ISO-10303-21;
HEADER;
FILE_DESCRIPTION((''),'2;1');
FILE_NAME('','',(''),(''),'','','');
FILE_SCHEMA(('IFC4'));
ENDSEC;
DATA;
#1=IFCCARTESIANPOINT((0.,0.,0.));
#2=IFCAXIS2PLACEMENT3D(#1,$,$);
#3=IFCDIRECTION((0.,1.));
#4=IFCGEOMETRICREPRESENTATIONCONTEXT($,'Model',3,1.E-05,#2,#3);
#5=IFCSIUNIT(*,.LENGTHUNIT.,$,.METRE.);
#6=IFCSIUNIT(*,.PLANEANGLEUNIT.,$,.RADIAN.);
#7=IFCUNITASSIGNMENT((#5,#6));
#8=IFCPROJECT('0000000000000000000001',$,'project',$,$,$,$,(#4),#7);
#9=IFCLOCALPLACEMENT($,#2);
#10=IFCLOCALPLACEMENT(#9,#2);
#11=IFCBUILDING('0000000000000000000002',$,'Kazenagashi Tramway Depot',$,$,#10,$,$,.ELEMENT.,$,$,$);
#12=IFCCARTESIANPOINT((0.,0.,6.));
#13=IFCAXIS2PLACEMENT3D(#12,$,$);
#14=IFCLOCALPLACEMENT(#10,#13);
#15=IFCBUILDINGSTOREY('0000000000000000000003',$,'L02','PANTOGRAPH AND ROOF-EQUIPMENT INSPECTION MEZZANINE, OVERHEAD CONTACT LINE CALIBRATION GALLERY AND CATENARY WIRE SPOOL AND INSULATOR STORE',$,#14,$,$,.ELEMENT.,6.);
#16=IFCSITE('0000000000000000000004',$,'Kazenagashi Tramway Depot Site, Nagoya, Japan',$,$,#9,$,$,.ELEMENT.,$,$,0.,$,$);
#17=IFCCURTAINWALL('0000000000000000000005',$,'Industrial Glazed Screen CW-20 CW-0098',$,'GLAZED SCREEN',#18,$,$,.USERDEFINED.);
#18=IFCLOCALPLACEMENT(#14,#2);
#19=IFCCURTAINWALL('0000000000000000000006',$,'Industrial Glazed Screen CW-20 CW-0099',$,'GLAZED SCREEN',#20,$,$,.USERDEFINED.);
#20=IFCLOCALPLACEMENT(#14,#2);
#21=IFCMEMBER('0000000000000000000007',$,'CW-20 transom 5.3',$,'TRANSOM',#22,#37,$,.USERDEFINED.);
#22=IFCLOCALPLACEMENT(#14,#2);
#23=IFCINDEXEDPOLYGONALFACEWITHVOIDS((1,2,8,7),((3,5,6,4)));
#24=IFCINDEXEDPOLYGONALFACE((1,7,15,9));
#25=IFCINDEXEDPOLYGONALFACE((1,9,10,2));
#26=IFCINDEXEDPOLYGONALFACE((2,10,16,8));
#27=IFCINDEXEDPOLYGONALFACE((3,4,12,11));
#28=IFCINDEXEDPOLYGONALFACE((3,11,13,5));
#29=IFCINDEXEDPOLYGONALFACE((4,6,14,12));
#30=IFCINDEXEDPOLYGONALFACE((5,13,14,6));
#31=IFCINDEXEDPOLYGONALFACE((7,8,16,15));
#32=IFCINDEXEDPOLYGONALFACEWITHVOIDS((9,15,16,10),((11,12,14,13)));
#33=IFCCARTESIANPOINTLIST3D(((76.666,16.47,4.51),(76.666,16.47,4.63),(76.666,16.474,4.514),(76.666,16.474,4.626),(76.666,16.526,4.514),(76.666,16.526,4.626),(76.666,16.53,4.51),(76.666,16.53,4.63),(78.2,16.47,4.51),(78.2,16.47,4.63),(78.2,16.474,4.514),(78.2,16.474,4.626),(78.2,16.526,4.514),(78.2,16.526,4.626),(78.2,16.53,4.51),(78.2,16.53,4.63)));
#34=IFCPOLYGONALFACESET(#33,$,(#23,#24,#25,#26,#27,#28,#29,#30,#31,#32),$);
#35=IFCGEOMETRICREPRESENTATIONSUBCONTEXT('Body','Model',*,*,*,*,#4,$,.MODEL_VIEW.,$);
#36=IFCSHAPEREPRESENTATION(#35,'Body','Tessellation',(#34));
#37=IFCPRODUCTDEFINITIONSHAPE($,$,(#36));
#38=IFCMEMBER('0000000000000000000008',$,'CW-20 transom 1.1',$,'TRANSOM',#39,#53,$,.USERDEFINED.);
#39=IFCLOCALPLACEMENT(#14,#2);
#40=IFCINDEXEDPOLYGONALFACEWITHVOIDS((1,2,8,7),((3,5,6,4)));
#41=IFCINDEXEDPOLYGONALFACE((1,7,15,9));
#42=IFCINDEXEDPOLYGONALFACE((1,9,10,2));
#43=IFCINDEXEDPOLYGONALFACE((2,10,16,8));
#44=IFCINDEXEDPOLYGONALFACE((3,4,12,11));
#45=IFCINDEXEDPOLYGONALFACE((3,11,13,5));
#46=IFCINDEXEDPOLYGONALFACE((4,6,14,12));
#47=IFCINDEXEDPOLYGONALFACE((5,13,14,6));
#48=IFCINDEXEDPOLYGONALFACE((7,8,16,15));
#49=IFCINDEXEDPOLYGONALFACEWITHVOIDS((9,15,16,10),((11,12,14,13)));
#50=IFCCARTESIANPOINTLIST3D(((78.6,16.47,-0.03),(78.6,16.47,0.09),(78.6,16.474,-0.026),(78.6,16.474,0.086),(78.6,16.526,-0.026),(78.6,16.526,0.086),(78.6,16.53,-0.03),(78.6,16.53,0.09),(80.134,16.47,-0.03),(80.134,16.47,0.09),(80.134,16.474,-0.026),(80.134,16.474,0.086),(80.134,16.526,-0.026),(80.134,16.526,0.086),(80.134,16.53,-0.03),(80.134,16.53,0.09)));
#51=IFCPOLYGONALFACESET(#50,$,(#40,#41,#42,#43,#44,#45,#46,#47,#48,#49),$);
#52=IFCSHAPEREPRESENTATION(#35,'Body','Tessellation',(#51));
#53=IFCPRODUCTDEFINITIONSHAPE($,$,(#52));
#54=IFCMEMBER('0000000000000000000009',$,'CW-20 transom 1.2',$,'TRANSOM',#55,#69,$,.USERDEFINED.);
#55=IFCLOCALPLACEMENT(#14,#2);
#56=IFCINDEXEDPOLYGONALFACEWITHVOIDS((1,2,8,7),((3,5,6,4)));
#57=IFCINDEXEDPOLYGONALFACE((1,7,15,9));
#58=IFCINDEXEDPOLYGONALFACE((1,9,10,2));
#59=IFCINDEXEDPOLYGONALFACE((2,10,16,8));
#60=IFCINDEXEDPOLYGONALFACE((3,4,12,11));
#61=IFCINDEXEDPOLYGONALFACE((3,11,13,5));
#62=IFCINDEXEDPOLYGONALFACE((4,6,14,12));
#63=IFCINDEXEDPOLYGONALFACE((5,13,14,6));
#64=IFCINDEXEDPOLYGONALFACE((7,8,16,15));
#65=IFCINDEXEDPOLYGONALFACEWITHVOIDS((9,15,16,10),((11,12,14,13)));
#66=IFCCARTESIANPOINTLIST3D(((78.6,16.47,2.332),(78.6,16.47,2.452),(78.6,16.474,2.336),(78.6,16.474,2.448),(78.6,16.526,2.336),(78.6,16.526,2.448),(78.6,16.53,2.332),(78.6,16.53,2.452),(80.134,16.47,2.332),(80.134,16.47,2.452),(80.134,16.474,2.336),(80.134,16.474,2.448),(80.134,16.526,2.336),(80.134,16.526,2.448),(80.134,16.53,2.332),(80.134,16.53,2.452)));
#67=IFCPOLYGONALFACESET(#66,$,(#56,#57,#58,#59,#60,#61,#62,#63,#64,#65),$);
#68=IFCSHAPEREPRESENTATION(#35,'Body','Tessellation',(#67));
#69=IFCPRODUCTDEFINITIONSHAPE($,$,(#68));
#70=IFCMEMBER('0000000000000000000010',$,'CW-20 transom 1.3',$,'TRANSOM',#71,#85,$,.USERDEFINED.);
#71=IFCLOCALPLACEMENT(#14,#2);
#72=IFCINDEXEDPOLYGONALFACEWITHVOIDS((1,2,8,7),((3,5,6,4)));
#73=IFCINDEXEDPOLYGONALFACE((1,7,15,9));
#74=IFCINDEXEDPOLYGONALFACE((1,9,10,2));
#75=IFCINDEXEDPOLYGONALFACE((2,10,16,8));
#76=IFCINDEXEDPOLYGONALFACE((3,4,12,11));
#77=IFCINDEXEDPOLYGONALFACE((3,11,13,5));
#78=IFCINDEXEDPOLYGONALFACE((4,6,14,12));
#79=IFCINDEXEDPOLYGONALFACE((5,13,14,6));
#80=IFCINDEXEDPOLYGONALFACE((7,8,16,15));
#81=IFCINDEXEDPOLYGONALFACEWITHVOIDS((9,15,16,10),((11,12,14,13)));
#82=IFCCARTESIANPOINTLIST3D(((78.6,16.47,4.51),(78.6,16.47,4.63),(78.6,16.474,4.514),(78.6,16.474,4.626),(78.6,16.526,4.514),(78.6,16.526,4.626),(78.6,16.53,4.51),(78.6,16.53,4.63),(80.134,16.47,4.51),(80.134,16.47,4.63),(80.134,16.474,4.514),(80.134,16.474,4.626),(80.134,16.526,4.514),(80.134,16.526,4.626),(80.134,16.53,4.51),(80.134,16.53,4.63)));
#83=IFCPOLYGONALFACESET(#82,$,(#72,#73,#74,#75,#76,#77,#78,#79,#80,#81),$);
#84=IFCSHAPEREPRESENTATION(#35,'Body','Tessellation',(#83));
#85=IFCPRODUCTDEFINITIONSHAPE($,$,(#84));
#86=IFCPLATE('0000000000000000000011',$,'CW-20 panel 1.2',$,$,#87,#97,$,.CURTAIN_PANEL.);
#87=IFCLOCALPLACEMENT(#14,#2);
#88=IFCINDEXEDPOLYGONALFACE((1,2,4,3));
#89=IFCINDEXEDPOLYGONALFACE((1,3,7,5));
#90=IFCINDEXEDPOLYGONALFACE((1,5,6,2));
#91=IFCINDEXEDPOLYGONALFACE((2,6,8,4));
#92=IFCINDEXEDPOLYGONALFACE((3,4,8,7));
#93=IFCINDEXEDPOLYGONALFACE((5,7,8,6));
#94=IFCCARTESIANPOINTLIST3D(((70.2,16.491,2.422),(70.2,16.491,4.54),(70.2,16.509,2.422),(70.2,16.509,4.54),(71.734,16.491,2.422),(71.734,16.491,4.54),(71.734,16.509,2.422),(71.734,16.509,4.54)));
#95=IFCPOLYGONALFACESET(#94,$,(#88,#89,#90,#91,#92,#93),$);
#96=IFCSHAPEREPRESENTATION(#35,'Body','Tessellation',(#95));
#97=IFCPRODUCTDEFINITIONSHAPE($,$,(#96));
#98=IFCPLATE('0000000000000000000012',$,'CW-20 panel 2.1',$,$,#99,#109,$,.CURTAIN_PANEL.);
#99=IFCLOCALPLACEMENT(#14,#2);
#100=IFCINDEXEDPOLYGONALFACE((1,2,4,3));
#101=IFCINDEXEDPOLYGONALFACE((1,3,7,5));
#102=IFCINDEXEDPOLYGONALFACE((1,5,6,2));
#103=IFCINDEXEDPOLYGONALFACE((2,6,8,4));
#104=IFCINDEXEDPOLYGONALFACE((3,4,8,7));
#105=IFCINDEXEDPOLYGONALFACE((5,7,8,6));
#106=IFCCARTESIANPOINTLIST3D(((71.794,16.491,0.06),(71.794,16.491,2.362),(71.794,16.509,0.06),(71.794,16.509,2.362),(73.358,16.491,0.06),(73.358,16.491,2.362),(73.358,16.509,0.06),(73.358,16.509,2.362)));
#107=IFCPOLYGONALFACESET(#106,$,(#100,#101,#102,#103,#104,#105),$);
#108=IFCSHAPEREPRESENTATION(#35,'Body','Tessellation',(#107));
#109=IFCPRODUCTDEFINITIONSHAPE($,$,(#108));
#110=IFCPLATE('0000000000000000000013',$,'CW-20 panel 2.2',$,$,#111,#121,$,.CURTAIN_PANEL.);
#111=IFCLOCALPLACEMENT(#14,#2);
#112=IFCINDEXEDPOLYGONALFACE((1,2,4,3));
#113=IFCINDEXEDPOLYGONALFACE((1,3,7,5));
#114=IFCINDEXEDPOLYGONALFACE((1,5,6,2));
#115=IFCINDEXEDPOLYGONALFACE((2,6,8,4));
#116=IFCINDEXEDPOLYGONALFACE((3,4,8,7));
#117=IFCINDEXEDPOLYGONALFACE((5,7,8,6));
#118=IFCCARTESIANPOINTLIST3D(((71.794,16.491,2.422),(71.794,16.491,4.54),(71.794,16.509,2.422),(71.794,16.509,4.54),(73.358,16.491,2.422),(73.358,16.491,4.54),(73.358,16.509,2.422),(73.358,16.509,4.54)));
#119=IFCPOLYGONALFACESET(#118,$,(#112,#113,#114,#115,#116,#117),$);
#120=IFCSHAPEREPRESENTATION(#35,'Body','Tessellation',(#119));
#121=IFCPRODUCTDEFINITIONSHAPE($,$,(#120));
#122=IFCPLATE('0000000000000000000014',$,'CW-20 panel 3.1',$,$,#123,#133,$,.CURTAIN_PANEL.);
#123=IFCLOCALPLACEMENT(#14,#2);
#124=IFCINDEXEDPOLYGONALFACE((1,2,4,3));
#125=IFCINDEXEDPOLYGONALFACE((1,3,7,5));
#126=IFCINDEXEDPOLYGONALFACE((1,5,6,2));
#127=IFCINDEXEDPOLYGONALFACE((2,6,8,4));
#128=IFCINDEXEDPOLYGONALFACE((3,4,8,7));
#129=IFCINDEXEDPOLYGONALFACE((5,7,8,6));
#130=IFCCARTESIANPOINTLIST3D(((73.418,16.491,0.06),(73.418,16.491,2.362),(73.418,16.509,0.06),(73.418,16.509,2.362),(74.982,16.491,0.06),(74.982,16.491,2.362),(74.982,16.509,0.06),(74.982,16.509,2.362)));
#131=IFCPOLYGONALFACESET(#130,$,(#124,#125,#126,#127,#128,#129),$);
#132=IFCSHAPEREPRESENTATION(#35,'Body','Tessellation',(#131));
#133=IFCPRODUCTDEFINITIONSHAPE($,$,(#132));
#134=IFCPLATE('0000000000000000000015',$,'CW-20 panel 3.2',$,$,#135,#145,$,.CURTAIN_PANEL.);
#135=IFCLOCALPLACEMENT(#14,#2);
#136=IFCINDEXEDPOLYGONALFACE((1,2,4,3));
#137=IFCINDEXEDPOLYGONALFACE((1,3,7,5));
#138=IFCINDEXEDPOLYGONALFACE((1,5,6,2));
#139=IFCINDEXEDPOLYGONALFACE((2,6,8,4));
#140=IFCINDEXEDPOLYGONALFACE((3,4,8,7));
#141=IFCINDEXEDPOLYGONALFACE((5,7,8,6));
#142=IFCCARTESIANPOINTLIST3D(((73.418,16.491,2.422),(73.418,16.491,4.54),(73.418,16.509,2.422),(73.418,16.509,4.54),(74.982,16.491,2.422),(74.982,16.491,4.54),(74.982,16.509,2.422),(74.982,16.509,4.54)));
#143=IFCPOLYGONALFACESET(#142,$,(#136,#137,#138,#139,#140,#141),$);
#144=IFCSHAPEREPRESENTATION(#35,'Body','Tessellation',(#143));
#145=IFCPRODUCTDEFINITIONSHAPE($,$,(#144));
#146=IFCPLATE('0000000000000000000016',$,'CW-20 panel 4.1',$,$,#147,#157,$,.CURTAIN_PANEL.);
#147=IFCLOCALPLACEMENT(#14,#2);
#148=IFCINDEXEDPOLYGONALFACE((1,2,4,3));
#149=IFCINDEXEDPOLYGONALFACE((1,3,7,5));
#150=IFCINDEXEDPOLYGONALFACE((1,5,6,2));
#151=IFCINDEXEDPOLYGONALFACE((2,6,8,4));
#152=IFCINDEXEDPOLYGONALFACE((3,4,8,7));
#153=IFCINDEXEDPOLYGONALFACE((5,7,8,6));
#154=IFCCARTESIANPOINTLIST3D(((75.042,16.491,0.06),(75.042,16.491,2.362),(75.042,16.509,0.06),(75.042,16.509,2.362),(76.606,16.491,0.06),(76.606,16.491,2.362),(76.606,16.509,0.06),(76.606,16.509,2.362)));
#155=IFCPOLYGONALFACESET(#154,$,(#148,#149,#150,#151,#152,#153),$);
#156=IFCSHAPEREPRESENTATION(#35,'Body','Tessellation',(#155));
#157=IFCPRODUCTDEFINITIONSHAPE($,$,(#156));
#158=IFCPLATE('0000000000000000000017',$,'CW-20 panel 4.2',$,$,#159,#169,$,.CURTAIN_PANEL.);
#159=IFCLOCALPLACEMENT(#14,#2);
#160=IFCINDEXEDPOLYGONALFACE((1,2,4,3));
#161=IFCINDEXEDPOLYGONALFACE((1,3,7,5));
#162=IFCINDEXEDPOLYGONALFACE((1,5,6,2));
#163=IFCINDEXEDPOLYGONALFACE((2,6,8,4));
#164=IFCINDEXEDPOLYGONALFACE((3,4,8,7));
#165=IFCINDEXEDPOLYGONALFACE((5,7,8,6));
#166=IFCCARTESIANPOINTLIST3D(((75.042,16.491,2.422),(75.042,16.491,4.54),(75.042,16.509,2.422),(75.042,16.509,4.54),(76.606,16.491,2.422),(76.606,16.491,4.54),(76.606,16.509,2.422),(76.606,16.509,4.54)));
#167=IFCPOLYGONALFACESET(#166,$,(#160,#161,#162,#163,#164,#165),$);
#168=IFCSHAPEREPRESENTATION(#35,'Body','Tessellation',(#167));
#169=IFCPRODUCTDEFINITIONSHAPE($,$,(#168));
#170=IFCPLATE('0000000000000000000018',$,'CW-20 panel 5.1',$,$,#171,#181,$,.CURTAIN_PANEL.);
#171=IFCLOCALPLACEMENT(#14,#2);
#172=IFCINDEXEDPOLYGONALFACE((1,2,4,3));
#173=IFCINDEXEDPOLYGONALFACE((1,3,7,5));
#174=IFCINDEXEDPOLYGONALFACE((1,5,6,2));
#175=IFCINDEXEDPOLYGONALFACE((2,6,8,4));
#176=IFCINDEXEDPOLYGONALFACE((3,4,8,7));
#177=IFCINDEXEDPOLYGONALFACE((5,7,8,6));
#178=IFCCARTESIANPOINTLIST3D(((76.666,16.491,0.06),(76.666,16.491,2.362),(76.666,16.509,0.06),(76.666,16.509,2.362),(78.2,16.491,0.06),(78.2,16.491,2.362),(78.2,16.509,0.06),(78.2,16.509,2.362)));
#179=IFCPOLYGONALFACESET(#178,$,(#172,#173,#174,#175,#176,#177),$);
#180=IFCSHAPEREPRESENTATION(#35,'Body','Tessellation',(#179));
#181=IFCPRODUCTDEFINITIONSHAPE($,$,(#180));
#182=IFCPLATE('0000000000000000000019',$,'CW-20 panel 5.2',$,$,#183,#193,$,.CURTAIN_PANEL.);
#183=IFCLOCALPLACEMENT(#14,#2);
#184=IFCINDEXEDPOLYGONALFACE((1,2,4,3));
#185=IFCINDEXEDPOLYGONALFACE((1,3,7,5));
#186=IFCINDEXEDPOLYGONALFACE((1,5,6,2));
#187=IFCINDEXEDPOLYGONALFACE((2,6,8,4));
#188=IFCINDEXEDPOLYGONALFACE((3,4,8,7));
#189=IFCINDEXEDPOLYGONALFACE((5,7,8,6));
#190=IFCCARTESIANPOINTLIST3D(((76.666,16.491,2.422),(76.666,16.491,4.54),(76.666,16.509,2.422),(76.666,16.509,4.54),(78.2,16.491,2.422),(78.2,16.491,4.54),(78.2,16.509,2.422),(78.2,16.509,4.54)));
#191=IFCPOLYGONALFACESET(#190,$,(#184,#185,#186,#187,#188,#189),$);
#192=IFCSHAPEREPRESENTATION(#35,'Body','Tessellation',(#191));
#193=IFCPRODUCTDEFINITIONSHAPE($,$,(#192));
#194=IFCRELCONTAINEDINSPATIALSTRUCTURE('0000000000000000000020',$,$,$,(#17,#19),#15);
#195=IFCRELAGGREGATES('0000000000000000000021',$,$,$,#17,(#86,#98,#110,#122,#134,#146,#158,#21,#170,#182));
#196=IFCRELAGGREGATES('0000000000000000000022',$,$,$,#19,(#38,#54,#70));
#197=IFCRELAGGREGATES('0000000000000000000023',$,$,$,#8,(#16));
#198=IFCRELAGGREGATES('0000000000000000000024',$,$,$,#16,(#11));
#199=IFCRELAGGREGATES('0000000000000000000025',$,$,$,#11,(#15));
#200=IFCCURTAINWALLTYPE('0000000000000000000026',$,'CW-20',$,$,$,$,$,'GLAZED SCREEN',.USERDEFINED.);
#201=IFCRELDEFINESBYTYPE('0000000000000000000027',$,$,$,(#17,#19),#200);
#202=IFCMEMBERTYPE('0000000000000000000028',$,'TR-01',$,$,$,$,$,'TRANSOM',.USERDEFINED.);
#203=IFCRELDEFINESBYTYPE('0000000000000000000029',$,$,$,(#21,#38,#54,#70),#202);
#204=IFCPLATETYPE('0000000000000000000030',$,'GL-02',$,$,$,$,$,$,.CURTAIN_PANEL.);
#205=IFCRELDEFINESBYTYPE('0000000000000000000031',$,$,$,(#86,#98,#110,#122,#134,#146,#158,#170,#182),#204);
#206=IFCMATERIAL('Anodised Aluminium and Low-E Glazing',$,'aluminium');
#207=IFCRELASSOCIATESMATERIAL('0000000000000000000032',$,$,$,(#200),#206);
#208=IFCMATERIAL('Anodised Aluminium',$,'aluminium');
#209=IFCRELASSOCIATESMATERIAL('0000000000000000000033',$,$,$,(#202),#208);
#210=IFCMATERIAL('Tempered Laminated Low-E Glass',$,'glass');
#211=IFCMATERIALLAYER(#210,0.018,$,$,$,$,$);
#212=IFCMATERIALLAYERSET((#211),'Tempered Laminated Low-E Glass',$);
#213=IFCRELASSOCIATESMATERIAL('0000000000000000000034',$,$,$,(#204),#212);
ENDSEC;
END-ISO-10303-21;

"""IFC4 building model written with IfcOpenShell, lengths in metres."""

from ifc_helpers import new_model, si_unit, direction, frame, origin, origin_2d, place, context, subcontext, project, spatial, rectangle, hollow_rectangle, extrude, material, layer, layer_set, material_profile, profile_set, type_object, element, aggregate, save


model = new_model("IFC4")

# Units and contexts
model_context = context("Model", 3, precision=1e-05, world=origin(), true_north=direction((0.0, 1.0)))
body_context = subcontext(model_context, "Body", "Model", "MODEL_VIEW")
ifc_project = project(units=[si_unit("LENGTHUNIT", "METRE"), si_unit("PLANEANGLEUNIT", "RADIAN")], contexts=[model_context])

# Site, building, storey
site_placement = place(None, origin())
site = spatial("IfcSite", under=ifc_project, at=site_placement, Name="Kazenagashi Tramway Depot Site, Nagoya, Japan", CompositionType="ELEMENT", RefElevation=0.0)
building_placement = place(site_placement, origin())
building = spatial("IfcBuilding", under=site, at=building_placement, Name="Kazenagashi Tramway Depot", CompositionType="ELEMENT")
storey_placement = place(building_placement, frame((0.0, 0.0, 6.0)))
storey = spatial("IfcBuildingStorey", under=building, at=storey_placement, Name="L02", Description="PANTOGRAPH AND ROOF-EQUIPMENT INSPECTION MEZZANINE, OVERHEAD CONTACT LINE CALIBRATION GALLERY AND CATENARY WIRE SPOOL AND INSULATOR STORE", CompositionType="ELEMENT", Elevation=6.0)

# Curtain wall
ifc_material_1 = material(Name="Anodised Aluminium and Low-E Glazing", Category="aluminium")
curtain_wall_type = type_object("IfcCurtainWallType", Name="CW-20", ElementType="GLAZED SCREEN", PredefinedType="USERDEFINED", material=ifc_material_1)
curtain_wall_1_placement = place(storey_placement, origin())
curtain_wall_1 = element("IfcCurtainWall", 1, at=curtain_wall_1_placement, inside=storey, type_object=curtain_wall_type, Name="Industrial Glazed Screen CW-20 CW-0098", ObjectType="GLAZED SCREEN", PredefinedType="USERDEFINED")
ifc_material_2 = material(Name="Anodised Aluminium", Category="aluminium")

# Curtain wall
curtain_wall_2_placement = place(storey_placement, origin())
curtain_wall_2 = element("IfcCurtainWall", 2, at=curtain_wall_2_placement, inside=storey, type_object=curtain_wall_type, Name="Industrial Glazed Screen CW-20 CW-0099", ObjectType="GLAZED SCREEN", PredefinedType="USERDEFINED")

# Members
ifc_material_profile_1 = material_profile(ifc_material_2, hollow_rectangle(XDim=0.06, YDim=0.12, WallThickness=0.004, at=origin_2d()), Name="RHS-120x60x4")
ifc_profile_set_1 = profile_set([ifc_material_profile_1], Name="Anodised Aluminium")
member_type_1 = type_object("IfcMemberType", Name="TR-01", ElementType="TRANSOM", PredefinedType="USERDEFINED", material=ifc_profile_set_1)
member_1_placement = place(storey_placement, frame((76.666, 16.5, 4.57), z_axis=(1.0, 0.0, 0.0), x_axis=(0.0, 1.0, 0.0)))
member_1 = element("IfcMember", 3, at=member_1_placement, type_object=member_type_1, Name="CW-20 transom 5.3", ObjectType="TRANSOM", PredefinedType="USERDEFINED", context=body_context, shape_type="SweptSolid", body=[
    extrude(hollow_rectangle(XDim=0.06, YDim=0.12, WallThickness=0.004, at=origin_2d()), origin(), (0.0, 0.0, 1.0), 1.534),
])
member_2_placement = place(storey_placement, frame((78.6, 16.5, 0.03), z_axis=(1.0, 0.0, 0.0), x_axis=(0.0, 1.0, 0.0)))
member_2 = element("IfcMember", 4, at=member_2_placement, type_object=member_type_1, Name="CW-20 transom 1.1", ObjectType="TRANSOM", PredefinedType="USERDEFINED", context=body_context, shape_type="SweptSolid", body=[
    extrude(hollow_rectangle(XDim=0.06, YDim=0.12, WallThickness=0.004, at=origin_2d()), origin(), (0.0, 0.0, 1.0), 1.534),
])
member_3_placement = place(storey_placement, frame((78.6, 16.5, 2.392), z_axis=(1.0, 0.0, 0.0), x_axis=(0.0, 1.0, 0.0)))
member_3 = element("IfcMember", 5, at=member_3_placement, type_object=member_type_1, Name="CW-20 transom 1.2", ObjectType="TRANSOM", PredefinedType="USERDEFINED", context=body_context, shape_type="SweptSolid", body=[
    extrude(hollow_rectangle(XDim=0.06, YDim=0.12, WallThickness=0.004, at=origin_2d()), origin(), (0.0, 0.0, 1.0), 1.534),
])
member_4_placement = place(storey_placement, frame((78.6, 16.5, 4.57), z_axis=(1.0, 0.0, 0.0), x_axis=(0.0, 1.0, 0.0)))
member_4 = element("IfcMember", 6, at=member_4_placement, type_object=member_type_1, Name="CW-20 transom 1.3", ObjectType="TRANSOM", PredefinedType="USERDEFINED", context=body_context, shape_type="SweptSolid", body=[
    extrude(hollow_rectangle(XDim=0.06, YDim=0.12, WallThickness=0.004, at=origin_2d()), origin(), (0.0, 0.0, 1.0), 1.534),
])

# Plates
ifc_material_3 = material(Name="Tempered Laminated Low-E Glass", Category="glass")
ifc_layer_1 = layer(ifc_material_3, 0.018)
ifc_layer_set_1 = layer_set([ifc_layer_1], Name="Tempered Laminated Low-E Glass")
plate_type_1 = type_object("IfcPlateType", Name="GL-02", PredefinedType="CURTAIN_PANEL", material=ifc_layer_set_1)
plate_1_placement = place(storey_placement, frame((70.967, 16.5, 2.422), z_axis=(0.0, 0.0, 1.0), x_axis=(1.0, 0.0, 0.0)))
plate_1 = element("IfcPlate", 7, at=plate_1_placement, type_object=plate_type_1, Name="CW-20 panel 1.2", PredefinedType="CURTAIN_PANEL", context=body_context, shape_type="SweptSolid", body=[
    extrude(rectangle(XDim=1.534, YDim=0.018, at=origin_2d()), origin(), (0.0, 0.0, 1.0), 2.118),
])
plate_2_placement = place(storey_placement, frame((72.576, 16.5, 0.06), z_axis=(0.0, 0.0, 1.0), x_axis=(1.0, 0.0, 0.0)))
plate_2 = element("IfcPlate", 8, at=plate_2_placement, type_object=plate_type_1, Name="CW-20 panel 2.1", PredefinedType="CURTAIN_PANEL", context=body_context, shape_type="SweptSolid", body=[
    extrude(rectangle(XDim=1.564, YDim=0.018, at=origin_2d()), origin(), (0.0, 0.0, 1.0), 2.302),
])
plate_3_placement = place(storey_placement, frame((72.576, 16.5, 2.422), z_axis=(0.0, 0.0, 1.0), x_axis=(1.0, 0.0, 0.0)))
plate_3 = element("IfcPlate", 9, at=plate_3_placement, type_object=plate_type_1, Name="CW-20 panel 2.2", PredefinedType="CURTAIN_PANEL", context=body_context, shape_type="SweptSolid", body=[
    extrude(rectangle(XDim=1.564, YDim=0.018, at=origin_2d()), origin(), (0.0, 0.0, 1.0), 2.118),
])
plate_4_placement = place(storey_placement, frame((74.2, 16.5, 0.06), z_axis=(0.0, 0.0, 1.0), x_axis=(1.0, 0.0, 0.0)))
plate_4 = element("IfcPlate", 10, at=plate_4_placement, type_object=plate_type_1, Name="CW-20 panel 3.1", PredefinedType="CURTAIN_PANEL", context=body_context, shape_type="SweptSolid", body=[
    extrude(rectangle(XDim=1.564, YDim=0.018, at=origin_2d()), origin(), (0.0, 0.0, 1.0), 2.302),
])
plate_5_placement = place(storey_placement, frame((74.2, 16.5, 2.422), z_axis=(0.0, 0.0, 1.0), x_axis=(1.0, 0.0, 0.0)))
plate_5 = element("IfcPlate", 11, at=plate_5_placement, type_object=plate_type_1, Name="CW-20 panel 3.2", PredefinedType="CURTAIN_PANEL", context=body_context, shape_type="SweptSolid", body=[
    extrude(rectangle(XDim=1.564, YDim=0.018, at=origin_2d()), origin(), (0.0, 0.0, 1.0), 2.118),
])
plate_6_placement = place(storey_placement, frame((75.824, 16.5, 0.06), z_axis=(0.0, 0.0, 1.0), x_axis=(1.0, 0.0, 0.0)))
plate_6 = element("IfcPlate", 12, at=plate_6_placement, type_object=plate_type_1, Name="CW-20 panel 4.1", PredefinedType="CURTAIN_PANEL", context=body_context, shape_type="SweptSolid", body=[
    extrude(rectangle(XDim=1.564, YDim=0.018, at=origin_2d()), origin(), (0.0, 0.0, 1.0), 2.302),
])
plate_7_placement = place(storey_placement, frame((75.824, 16.5, 2.422), z_axis=(0.0, 0.0, 1.0), x_axis=(1.0, 0.0, 0.0)))
plate_7 = element("IfcPlate", 13, at=plate_7_placement, type_object=plate_type_1, Name="CW-20 panel 4.2", PredefinedType="CURTAIN_PANEL", context=body_context, shape_type="SweptSolid", body=[
    extrude(rectangle(XDim=1.564, YDim=0.018, at=origin_2d()), origin(), (0.0, 0.0, 1.0), 2.118),
])
plate_8_placement = place(storey_placement, frame((77.433, 16.5, 0.06), z_axis=(0.0, 0.0, 1.0), x_axis=(1.0, 0.0, 0.0)))
plate_8 = element("IfcPlate", 14, at=plate_8_placement, type_object=plate_type_1, Name="CW-20 panel 5.1", PredefinedType="CURTAIN_PANEL", context=body_context, shape_type="SweptSolid", body=[
    extrude(rectangle(XDim=1.534, YDim=0.018, at=origin_2d()), origin(), (0.0, 0.0, 1.0), 2.302),
])
plate_9_placement = place(storey_placement, frame((77.433, 16.5, 2.422), z_axis=(0.0, 0.0, 1.0), x_axis=(1.0, 0.0, 0.0)))
plate_9 = element("IfcPlate", 15, at=plate_9_placement, type_object=plate_type_1, Name="CW-20 panel 5.2", PredefinedType="CURTAIN_PANEL", context=body_context, shape_type="SweptSolid", body=[
    extrude(rectangle(XDim=1.534, YDim=0.018, at=origin_2d()), origin(), (0.0, 0.0, 1.0), 2.118),
])
aggregate(curtain_wall_1, [plate_1, plate_2, plate_3, plate_4, plate_5, plate_6, plate_7, member_1, plate_8, plate_9])
aggregate(curtain_wall_2, [member_2, member_3, member_4])

save(model, "model.ifc")
